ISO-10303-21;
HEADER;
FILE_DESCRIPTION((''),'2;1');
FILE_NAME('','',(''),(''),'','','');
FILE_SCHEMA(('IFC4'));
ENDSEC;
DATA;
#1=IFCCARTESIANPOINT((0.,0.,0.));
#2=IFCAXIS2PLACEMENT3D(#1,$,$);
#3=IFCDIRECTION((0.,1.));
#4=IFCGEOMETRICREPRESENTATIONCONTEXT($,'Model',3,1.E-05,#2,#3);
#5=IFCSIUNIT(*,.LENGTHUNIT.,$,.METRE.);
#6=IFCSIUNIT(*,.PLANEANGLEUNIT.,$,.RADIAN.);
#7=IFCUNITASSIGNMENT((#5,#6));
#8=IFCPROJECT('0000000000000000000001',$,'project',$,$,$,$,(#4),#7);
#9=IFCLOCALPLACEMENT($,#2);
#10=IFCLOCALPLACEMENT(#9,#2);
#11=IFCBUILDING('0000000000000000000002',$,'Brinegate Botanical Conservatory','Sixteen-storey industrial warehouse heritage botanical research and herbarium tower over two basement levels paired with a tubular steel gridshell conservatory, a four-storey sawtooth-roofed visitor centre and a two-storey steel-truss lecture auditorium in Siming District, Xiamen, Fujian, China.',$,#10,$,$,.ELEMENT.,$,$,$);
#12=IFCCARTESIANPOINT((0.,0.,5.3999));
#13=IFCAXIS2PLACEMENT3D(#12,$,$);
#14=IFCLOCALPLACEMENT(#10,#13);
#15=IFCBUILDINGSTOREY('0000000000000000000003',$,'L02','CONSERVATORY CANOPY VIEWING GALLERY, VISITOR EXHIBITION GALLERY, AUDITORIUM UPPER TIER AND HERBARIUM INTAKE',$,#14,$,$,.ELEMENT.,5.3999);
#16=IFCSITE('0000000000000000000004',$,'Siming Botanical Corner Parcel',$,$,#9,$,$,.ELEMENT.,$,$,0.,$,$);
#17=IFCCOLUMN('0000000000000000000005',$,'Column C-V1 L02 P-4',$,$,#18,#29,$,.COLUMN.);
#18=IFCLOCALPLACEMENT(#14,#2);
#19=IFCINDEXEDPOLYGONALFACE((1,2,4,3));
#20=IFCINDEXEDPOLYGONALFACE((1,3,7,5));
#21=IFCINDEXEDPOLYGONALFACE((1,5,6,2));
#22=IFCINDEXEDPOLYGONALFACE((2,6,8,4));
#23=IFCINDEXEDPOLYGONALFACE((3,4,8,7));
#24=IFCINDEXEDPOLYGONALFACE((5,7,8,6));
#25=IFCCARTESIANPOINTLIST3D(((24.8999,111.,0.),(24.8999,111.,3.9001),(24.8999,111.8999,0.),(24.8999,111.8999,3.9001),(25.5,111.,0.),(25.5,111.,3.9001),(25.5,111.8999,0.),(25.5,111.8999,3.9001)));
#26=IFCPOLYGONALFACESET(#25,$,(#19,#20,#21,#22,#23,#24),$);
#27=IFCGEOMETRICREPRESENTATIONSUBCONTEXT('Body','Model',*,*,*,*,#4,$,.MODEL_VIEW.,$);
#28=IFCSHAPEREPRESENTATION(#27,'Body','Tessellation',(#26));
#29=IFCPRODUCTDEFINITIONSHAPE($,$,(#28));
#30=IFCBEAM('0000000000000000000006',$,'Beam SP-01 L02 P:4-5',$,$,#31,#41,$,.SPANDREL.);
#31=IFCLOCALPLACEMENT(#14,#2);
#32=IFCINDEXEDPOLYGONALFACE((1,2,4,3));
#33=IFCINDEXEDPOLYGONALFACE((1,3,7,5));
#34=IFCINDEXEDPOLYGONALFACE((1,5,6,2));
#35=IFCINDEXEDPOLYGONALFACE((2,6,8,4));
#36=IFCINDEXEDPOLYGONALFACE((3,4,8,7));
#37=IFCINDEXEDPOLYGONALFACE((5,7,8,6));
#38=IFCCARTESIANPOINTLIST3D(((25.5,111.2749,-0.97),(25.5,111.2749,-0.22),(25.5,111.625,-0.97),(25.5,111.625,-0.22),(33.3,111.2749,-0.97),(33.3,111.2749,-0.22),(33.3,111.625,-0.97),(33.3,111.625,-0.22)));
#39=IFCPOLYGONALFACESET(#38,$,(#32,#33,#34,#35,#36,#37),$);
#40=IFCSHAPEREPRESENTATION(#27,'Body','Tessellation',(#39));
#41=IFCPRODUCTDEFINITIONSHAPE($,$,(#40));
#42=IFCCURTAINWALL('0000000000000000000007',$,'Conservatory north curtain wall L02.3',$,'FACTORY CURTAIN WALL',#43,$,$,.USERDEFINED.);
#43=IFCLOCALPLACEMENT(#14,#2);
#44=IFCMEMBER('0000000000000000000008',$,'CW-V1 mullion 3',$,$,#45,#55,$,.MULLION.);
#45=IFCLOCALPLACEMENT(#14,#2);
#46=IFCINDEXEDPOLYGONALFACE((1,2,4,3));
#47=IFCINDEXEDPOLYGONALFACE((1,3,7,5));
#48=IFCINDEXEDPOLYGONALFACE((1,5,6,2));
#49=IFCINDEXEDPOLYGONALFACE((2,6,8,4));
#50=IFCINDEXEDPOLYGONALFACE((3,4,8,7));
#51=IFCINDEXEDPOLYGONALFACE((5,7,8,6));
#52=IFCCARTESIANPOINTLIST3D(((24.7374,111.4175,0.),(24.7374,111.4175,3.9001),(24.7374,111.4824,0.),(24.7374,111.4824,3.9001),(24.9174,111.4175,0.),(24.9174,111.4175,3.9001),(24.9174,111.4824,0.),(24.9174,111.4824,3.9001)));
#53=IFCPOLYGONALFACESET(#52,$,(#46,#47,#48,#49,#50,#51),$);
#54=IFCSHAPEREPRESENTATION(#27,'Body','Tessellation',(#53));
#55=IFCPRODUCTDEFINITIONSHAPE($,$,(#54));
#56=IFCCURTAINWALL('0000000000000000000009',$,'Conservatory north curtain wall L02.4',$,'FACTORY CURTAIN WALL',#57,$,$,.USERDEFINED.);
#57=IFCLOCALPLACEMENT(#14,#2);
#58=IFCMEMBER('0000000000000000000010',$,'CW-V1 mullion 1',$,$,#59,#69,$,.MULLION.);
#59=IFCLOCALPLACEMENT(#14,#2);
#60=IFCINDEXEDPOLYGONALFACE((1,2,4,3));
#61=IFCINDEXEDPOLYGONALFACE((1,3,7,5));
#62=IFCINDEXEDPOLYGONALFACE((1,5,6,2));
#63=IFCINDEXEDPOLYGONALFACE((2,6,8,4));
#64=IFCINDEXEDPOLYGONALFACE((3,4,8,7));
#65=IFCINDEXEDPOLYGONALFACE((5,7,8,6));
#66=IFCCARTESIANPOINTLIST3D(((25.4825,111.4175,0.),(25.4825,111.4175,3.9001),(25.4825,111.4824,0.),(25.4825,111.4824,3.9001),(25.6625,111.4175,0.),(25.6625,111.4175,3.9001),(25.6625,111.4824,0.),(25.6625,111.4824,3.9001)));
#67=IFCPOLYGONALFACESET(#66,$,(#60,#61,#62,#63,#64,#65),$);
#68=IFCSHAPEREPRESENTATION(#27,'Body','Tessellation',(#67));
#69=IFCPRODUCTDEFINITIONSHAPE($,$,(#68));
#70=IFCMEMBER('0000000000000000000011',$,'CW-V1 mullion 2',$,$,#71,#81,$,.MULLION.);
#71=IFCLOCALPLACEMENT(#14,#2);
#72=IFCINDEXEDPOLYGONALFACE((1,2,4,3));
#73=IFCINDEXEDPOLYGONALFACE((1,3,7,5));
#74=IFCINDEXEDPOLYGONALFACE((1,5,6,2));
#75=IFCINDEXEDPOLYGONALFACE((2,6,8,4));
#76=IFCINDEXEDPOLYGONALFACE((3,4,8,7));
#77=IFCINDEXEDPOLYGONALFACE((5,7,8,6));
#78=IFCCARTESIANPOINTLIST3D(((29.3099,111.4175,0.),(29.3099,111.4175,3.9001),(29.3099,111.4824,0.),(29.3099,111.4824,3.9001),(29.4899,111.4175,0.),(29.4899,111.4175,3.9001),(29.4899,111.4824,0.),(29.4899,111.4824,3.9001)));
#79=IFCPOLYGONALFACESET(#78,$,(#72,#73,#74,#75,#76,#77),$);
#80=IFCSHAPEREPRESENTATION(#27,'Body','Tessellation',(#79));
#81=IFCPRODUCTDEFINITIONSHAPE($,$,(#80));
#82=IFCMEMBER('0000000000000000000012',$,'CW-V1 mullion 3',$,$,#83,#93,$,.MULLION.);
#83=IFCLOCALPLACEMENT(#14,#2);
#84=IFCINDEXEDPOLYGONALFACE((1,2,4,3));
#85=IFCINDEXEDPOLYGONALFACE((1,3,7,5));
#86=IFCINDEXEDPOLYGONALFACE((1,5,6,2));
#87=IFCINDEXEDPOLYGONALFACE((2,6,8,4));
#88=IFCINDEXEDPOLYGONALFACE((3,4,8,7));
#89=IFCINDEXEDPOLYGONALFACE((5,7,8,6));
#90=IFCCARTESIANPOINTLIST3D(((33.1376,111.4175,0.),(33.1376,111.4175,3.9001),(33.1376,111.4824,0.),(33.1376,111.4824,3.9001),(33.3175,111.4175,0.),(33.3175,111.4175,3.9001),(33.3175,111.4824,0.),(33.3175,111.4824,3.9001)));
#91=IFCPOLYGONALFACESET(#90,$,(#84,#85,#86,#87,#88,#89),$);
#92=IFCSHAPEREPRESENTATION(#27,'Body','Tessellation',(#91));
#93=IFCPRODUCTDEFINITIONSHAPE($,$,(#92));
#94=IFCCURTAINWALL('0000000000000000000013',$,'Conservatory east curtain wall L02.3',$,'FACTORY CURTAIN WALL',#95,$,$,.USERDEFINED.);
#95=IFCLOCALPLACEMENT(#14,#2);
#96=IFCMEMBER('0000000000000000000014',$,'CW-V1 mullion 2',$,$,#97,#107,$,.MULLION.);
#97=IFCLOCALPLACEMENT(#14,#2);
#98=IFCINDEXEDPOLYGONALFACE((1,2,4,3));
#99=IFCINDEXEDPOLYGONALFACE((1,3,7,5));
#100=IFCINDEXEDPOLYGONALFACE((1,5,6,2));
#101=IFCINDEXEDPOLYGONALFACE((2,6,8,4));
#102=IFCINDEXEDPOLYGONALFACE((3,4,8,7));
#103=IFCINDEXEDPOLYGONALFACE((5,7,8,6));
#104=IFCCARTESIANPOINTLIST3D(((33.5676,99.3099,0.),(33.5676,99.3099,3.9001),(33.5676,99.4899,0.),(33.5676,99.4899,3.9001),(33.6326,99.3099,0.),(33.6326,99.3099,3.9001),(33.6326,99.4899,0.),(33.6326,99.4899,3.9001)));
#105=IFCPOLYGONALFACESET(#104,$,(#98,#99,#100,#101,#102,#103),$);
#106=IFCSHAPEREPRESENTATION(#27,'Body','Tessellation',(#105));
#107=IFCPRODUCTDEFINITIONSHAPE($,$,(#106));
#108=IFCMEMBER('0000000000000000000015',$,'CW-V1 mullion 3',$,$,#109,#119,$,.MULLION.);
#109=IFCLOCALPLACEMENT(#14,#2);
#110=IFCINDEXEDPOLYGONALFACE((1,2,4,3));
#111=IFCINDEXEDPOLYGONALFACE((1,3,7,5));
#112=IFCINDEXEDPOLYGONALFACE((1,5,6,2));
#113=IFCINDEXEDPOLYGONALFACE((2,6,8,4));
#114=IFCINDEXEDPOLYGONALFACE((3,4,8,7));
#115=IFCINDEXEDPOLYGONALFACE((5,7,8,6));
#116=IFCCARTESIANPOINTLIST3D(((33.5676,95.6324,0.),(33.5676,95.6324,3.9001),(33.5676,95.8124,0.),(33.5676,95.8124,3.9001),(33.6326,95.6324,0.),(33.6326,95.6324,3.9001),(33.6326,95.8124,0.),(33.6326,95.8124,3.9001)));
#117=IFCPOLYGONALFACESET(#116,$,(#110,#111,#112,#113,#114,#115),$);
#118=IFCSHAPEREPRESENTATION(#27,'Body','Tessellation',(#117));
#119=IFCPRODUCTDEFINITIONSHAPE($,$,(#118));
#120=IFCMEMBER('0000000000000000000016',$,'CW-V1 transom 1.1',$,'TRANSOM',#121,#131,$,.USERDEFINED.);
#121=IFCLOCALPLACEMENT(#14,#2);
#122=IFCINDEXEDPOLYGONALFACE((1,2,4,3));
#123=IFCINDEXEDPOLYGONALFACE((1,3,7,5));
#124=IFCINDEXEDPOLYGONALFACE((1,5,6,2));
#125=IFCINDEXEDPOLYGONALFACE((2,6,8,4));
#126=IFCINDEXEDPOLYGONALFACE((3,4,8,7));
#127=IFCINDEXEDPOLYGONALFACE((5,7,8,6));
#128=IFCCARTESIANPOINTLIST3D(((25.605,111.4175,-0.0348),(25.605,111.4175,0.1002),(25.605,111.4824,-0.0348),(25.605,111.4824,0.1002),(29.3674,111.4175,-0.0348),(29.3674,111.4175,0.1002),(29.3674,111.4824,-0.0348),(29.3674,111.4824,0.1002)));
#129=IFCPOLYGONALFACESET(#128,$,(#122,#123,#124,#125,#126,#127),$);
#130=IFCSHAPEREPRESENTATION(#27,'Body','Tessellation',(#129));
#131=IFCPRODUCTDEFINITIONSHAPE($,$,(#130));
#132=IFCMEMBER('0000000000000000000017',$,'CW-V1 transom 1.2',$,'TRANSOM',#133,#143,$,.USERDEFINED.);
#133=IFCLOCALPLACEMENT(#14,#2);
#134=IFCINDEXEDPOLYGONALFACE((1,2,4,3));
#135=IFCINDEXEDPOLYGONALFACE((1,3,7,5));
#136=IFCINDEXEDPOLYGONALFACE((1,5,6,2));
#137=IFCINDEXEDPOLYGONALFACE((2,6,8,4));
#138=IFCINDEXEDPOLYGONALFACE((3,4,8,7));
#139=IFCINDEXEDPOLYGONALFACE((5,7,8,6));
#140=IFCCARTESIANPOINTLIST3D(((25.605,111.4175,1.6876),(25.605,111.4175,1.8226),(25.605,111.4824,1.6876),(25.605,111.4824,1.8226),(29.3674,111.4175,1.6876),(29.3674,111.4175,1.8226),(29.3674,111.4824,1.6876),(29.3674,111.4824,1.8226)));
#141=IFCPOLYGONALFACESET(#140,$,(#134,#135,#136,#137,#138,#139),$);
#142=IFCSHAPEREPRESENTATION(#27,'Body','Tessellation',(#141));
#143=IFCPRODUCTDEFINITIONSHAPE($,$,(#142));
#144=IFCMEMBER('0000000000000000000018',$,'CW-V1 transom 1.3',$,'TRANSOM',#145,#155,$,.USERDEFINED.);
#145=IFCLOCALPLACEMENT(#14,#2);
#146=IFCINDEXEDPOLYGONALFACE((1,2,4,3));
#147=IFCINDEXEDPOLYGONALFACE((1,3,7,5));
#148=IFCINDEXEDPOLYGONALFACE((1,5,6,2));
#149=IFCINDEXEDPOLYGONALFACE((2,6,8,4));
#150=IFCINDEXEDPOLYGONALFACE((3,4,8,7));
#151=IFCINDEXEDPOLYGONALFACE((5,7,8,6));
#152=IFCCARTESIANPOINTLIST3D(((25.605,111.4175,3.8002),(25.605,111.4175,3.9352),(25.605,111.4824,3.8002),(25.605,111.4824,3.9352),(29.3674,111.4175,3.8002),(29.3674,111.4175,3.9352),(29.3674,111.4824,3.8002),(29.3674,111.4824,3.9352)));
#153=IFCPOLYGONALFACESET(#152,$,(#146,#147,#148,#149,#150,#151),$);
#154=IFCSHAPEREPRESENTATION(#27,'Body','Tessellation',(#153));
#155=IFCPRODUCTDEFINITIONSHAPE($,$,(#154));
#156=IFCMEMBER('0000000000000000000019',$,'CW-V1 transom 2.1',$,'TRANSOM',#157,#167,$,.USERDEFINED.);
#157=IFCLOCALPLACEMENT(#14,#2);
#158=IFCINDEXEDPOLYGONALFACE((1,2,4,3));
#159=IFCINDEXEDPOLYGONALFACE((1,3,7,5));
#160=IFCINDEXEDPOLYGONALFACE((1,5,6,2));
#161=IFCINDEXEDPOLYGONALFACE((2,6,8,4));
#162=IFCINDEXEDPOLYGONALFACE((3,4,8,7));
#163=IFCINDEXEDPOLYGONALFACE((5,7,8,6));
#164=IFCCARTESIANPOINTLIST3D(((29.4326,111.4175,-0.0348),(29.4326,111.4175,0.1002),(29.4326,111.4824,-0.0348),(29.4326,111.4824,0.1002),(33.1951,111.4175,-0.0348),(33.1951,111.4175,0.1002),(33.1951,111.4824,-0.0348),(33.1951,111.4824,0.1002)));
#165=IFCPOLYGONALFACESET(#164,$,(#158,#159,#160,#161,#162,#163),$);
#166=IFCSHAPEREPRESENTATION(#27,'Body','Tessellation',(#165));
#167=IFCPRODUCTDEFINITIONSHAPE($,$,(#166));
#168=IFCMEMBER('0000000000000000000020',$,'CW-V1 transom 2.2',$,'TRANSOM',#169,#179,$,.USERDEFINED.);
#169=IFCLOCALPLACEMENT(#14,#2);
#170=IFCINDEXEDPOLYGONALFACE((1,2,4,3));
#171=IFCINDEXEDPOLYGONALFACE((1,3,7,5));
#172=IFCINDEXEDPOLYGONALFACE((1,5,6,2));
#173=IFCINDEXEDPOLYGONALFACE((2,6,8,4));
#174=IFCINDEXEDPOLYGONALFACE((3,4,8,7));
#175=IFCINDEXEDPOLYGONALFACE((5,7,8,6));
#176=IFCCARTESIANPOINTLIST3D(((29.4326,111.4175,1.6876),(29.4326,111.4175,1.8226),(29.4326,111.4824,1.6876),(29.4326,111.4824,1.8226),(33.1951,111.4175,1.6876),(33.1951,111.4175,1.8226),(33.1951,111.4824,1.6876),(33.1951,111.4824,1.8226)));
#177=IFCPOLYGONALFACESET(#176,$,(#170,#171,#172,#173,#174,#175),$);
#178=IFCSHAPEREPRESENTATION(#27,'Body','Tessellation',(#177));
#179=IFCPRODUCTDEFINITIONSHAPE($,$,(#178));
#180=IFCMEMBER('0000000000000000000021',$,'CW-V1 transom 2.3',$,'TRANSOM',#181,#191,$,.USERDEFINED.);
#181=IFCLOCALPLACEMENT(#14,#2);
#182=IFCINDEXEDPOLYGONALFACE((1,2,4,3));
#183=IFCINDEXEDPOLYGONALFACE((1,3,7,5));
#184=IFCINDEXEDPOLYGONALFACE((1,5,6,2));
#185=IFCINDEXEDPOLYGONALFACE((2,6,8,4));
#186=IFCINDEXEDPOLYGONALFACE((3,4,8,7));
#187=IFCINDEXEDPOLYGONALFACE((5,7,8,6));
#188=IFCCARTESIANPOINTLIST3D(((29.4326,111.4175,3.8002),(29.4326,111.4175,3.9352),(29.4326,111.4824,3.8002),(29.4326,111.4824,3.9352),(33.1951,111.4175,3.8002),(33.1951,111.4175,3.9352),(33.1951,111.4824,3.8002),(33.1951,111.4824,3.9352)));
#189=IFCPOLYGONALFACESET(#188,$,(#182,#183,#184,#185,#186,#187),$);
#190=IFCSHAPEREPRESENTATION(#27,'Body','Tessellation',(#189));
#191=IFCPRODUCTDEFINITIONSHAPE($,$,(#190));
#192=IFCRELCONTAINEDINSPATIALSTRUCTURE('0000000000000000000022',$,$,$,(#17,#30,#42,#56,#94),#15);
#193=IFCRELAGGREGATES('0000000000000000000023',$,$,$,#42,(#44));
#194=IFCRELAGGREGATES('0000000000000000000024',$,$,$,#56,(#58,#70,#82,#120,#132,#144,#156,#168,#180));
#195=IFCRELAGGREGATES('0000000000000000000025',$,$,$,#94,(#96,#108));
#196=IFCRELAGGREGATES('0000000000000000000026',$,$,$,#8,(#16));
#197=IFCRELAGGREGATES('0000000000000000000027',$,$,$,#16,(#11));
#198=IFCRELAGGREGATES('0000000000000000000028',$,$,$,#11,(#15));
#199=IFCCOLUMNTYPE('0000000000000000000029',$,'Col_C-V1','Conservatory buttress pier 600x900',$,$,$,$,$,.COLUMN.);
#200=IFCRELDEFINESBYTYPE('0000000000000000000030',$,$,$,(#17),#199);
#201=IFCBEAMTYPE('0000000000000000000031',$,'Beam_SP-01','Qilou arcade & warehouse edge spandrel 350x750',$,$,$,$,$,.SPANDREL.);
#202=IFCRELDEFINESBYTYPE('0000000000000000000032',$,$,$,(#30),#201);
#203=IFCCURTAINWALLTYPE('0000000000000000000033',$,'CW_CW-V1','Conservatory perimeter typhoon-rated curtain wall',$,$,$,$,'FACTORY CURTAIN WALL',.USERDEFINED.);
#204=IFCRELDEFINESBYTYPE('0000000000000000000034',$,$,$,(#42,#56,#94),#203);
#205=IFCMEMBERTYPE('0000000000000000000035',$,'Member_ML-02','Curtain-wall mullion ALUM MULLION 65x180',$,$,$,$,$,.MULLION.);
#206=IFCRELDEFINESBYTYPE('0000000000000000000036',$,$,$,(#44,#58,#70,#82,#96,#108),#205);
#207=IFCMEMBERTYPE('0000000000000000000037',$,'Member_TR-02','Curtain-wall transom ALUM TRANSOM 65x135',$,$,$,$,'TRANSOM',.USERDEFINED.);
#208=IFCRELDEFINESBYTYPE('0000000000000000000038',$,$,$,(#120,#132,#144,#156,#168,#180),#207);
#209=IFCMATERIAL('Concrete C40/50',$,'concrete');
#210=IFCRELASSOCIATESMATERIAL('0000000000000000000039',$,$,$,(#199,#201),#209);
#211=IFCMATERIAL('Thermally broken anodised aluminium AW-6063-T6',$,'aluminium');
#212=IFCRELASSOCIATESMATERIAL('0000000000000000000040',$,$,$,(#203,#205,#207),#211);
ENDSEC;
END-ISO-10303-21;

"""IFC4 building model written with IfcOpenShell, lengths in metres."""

from ifc_helpers import new_model, si_unit, direction, frame, origin, origin_2d, place, context, subcontext, project, spatial, rectangle, extrude, material, material_profile, profile_set, type_object, element, aggregate, save


model = new_model("IFC4")

# Units and contexts
model_context = context("Model", 3, precision=1e-05, world=origin(), true_north=direction((0.0, 1.0)))
body_context = subcontext(model_context, "Body", "Model", "MODEL_VIEW")
ifc_project = project(units=[si_unit("LENGTHUNIT", "METRE"), si_unit("PLANEANGLEUNIT", "RADIAN")], contexts=[model_context])

# Site, building, storey
site_placement = place(None, origin())
site = spatial("IfcSite", under=ifc_project, at=site_placement, Name="Siming Botanical Corner Parcel", CompositionType="ELEMENT", RefElevation=0.0)
building_placement = place(site_placement, origin())
building = spatial("IfcBuilding", under=site, at=building_placement, Name="Brinegate Botanical Conservatory", Description="Sixteen-storey industrial warehouse heritage botanical research and herbarium tower over two basement levels paired with a tubular steel gridshell conservatory, a four-storey sawtooth-roofed visitor centre and a two-storey steel-truss lecture auditorium in Siming District, Xiamen, Fujian, China.", CompositionType="ELEMENT")
storey_placement = place(building_placement, frame((0.0, 0.0, 5.3999)))
storey = spatial("IfcBuildingStorey", under=building, at=storey_placement, Name="L02", Description="CONSERVATORY CANOPY VIEWING GALLERY, VISITOR EXHIBITION GALLERY, AUDITORIUM UPPER TIER AND HERBARIUM INTAKE", CompositionType="ELEMENT", Elevation=5.3999)

# Column
ifc_material_1 = material(Name="Concrete C40/50", Category="concrete")
ifc_material_profile_1 = material_profile(ifc_material_1, rectangle(XDim=0.6001, YDim=0.8999, at=origin_2d()), Name="RC PIER 600x900")
ifc_profile_set_1 = profile_set([ifc_material_profile_1], Name="Concrete C40/50")
column_type = type_object("IfcColumnType", Name="Col_C-V1", Description="Conservatory buttress pier 600x900", PredefinedType="COLUMN", material=ifc_profile_set_1)
column_placement = place(storey_placement, frame((25.2, 111.45, 0.0), z_axis=(0.0, 0.0, 1.0), x_axis=(1.0, 0.0, 0.0)))
element("IfcColumn", 1, at=column_placement, inside=storey, type_object=column_type, Name="Column C-V1 L02 P-4", PredefinedType="COLUMN", context=body_context, shape_type="SweptSolid", body=[
    extrude(rectangle(XDim=0.6001, YDim=0.8999, at=origin_2d()), origin(), (0.0, 0.0, 1.0), 3.9001),
])

# Beam
ifc_material_profile_2 = material_profile(ifc_material_1, rectangle(XDim=0.3501, YDim=0.75, at=origin_2d()), Name="RC SPN 350x750")
ifc_profile_set_2 = profile_set([ifc_material_profile_2], Name="Concrete C40/50")
beam_type = type_object("IfcBeamType", Name="Beam_SP-01", Description="Qilou arcade & warehouse edge spandrel 350x750", PredefinedType="SPANDREL", material=ifc_profile_set_2)
beam_placement = place(storey_placement, frame((25.5, 111.45, -0.595), z_axis=(1.0, 0.0, 0.0), x_axis=(0.0, 1.0, 0.0)))
element("IfcBeam", 2, at=beam_placement, inside=storey, type_object=beam_type, Name="Beam SP-01 L02 P:4-5", PredefinedType="SPANDREL", context=body_context, shape_type="SweptSolid", body=[
    extrude(rectangle(XDim=0.3501, YDim=0.75, at=origin_2d()), origin(), (0.0, 0.0, 1.0), 7.8),
])

# Curtain wall, member
ifc_material_2 = material(Name="Thermally broken anodised aluminium AW-6063-T6", Category="aluminium")
curtain_wall_type = type_object("IfcCurtainWallType", Name="CW_CW-V1", Description="Conservatory perimeter typhoon-rated curtain wall", ElementType="FACTORY CURTAIN WALL", PredefinedType="USERDEFINED", material=ifc_material_2)
curtain_wall_1_placement = place(storey_placement, origin())
curtain_wall_1 = element("IfcCurtainWall", 3, at=curtain_wall_1_placement, inside=storey, type_object=curtain_wall_type, Name="Conservatory north curtain wall L02.3", ObjectType="FACTORY CURTAIN WALL", PredefinedType="USERDEFINED")
ifc_material_profile_3 = material_profile(ifc_material_2, rectangle(XDim=0.0649, YDim=0.1799, at=origin_2d()), Name="ALUM MULLION 65x180")
ifc_profile_set_3 = profile_set([ifc_material_profile_3], Name="Thermally broken anodised aluminium AW-6063-T6")
member_type_1 = type_object("IfcMemberType", Name="Member_ML-02", Description="Curtain-wall mullion ALUM MULLION 65x180", PredefinedType="MULLION", material=ifc_profile_set_3)
member_1_placement = place(storey_placement, frame((24.8274, 111.45, 0.0), z_axis=(0.0, 0.0, 1.0), x_axis=(0.0, 1.0, 0.0)))
member_1 = element("IfcMember", 4, at=member_1_placement, type_object=member_type_1, Name="CW-V1 mullion 3", PredefinedType="MULLION", context=body_context, shape_type="SweptSolid", body=[
    extrude(rectangle(XDim=0.0649, YDim=0.1799, at=origin_2d()), origin(), (0.0, 0.0, 1.0), 3.9001),
])

# Curtain walls, members
curtain_wall_2_placement = place(storey_placement, origin())
curtain_wall_2 = element("IfcCurtainWall", 5, at=curtain_wall_2_placement, inside=storey, type_object=curtain_wall_type, Name="Conservatory north curtain wall L02.4", ObjectType="FACTORY CURTAIN WALL", PredefinedType="USERDEFINED")
member_2_placement = place(storey_placement, frame((25.5725, 111.45, 0.0), z_axis=(0.0, 0.0, 1.0), x_axis=(0.0, 1.0, 0.0)))
member_2 = element("IfcMember", 6, at=member_2_placement, type_object=member_type_1, Name="CW-V1 mullion 1", PredefinedType="MULLION", context=body_context, shape_type="SweptSolid", body=[
    extrude(rectangle(XDim=0.0649, YDim=0.1799, at=origin_2d()), origin(), (0.0, 0.0, 1.0), 3.9001),
])
member_3_placement = place(storey_placement, frame((29.3999, 111.45, 0.0), z_axis=(0.0, 0.0, 1.0), x_axis=(0.0, 1.0, 0.0)))
member_3 = element("IfcMember", 7, at=member_3_placement, type_object=member_type_1, Name="CW-V1 mullion 2", PredefinedType="MULLION", context=body_context, shape_type="SweptSolid", body=[
    extrude(rectangle(XDim=0.0649, YDim=0.1799, at=origin_2d()), origin(), (0.0, 0.0, 1.0), 3.9001),
])
member_4_placement = place(storey_placement, frame((33.2275, 111.45, 0.0), z_axis=(0.0, 0.0, 1.0), x_axis=(0.0, 1.0, 0.0)))
member_4 = element("IfcMember", 8, at=member_4_placement, type_object=member_type_1, Name="CW-V1 mullion 3", PredefinedType="MULLION", context=body_context, shape_type="SweptSolid", body=[
    extrude(rectangle(XDim=0.0649, YDim=0.1799, at=origin_2d()), origin(), (0.0, 0.0, 1.0), 3.9001),
])
curtain_wall_3_placement = place(storey_placement, origin())
curtain_wall_3 = element("IfcCurtainWall", 9, at=curtain_wall_3_placement, inside=storey, type_object=curtain_wall_type, Name="Conservatory east curtain wall L02.3", ObjectType="FACTORY CURTAIN WALL", PredefinedType="USERDEFINED")
member_5_placement = place(storey_placement, frame((33.6001, 99.3999, 0.0), z_axis=(0.0, 0.0, 1.0), x_axis=(1.0, 0.0, 0.0)))
member_5 = element("IfcMember", 10, at=member_5_placement, type_object=member_type_1, Name="CW-V1 mullion 2", PredefinedType="MULLION", context=body_context, shape_type="SweptSolid", body=[
    extrude(rectangle(XDim=0.0649, YDim=0.1799, at=origin_2d()), origin(), (0.0, 0.0, 1.0), 3.9001),
])
member_6_placement = place(storey_placement, frame((33.6001, 95.7224, 0.0), z_axis=(0.0, 0.0, 1.0), x_axis=(1.0, 0.0, 0.0)))
member_6 = element("IfcMember", 11, at=member_6_placement, type_object=member_type_1, Name="CW-V1 mullion 3", PredefinedType="MULLION", context=body_context, shape_type="SweptSolid", body=[
    extrude(rectangle(XDim=0.0649, YDim=0.1799, at=origin_2d()), origin(), (0.0, 0.0, 1.0), 3.9001),
])

# Members
ifc_material_profile_4 = material_profile(ifc_material_2, rectangle(XDim=0.0649, YDim=0.135, at=origin_2d()), Name="ALUM TRANSOM 65x135")
ifc_profile_set_4 = profile_set([ifc_material_profile_4], Name="Thermally broken anodised aluminium AW-6063-T6")
member_type_2 = type_object("IfcMemberType", Name="Member_TR-02", Description="Curtain-wall transom ALUM TRANSOM 65x135", ElementType="TRANSOM", PredefinedType="USERDEFINED", material=ifc_profile_set_4)
member_7_placement = place(storey_placement, frame((25.605, 111.45, 0.0327), z_axis=(1.0, 0.0, 0.0), x_axis=(0.0, 1.0, 0.0)))
member_7 = element("IfcMember", 12, at=member_7_placement, type_object=member_type_2, Name="CW-V1 transom 1.1", ObjectType="TRANSOM", PredefinedType="USERDEFINED", context=body_context, shape_type="SweptSolid", body=[
    extrude(rectangle(XDim=0.0649, YDim=0.135, at=origin_2d()), origin(), (0.0, 0.0, 1.0), 3.7625),
])
member_8_placement = place(storey_placement, frame((25.605, 111.45, 1.7551), z_axis=(1.0, 0.0, 0.0), x_axis=(0.0, 1.0, 0.0)))
member_8 = element("IfcMember", 13, at=member_8_placement, type_object=member_type_2, Name="CW-V1 transom 1.2", ObjectType="TRANSOM", PredefinedType="USERDEFINED", context=body_context, shape_type="SweptSolid", body=[
    extrude(rectangle(XDim=0.0649, YDim=0.135, at=origin_2d()), origin(), (0.0, 0.0, 1.0), 3.7625),
])
member_9_placement = place(storey_placement, frame((25.605, 111.45, 3.8677), z_axis=(1.0, 0.0, 0.0), x_axis=(0.0, 1.0, 0.0)))
member_9 = element("IfcMember", 14, at=member_9_placement, type_object=member_type_2, Name="CW-V1 transom 1.3", ObjectType="TRANSOM", PredefinedType="USERDEFINED", context=body_context, shape_type="SweptSolid", body=[
    extrude(rectangle(XDim=0.0649, YDim=0.135, at=origin_2d()), origin(), (0.0, 0.0, 1.0), 3.7625),
])
member_10_placement = place(storey_placement, frame((29.4326, 111.45, 0.0327), z_axis=(1.0, 0.0, 0.0), x_axis=(0.0, 1.0, 0.0)))
member_10 = element("IfcMember", 15, at=member_10_placement, type_object=member_type_2, Name="CW-V1 transom 2.1", ObjectType="TRANSOM", PredefinedType="USERDEFINED", context=body_context, shape_type="SweptSolid", body=[
    extrude(rectangle(XDim=0.0649, YDim=0.135, at=origin_2d()), origin(), (0.0, 0.0, 1.0), 3.7625),
])
member_11_placement = place(storey_placement, frame((29.4326, 111.45, 1.7551), z_axis=(1.0, 0.0, 0.0), x_axis=(0.0, 1.0, 0.0)))
member_11 = element("IfcMember", 16, at=member_11_placement, type_object=member_type_2, Name="CW-V1 transom 2.2", ObjectType="TRANSOM", PredefinedType="USERDEFINED", context=body_context, shape_type="SweptSolid", body=[
    extrude(rectangle(XDim=0.0649, YDim=0.135, at=origin_2d()), origin(), (0.0, 0.0, 1.0), 3.7625),
])
member_12_placement = place(storey_placement, frame((29.4326, 111.45, 3.8677), z_axis=(1.0, 0.0, 0.0), x_axis=(0.0, 1.0, 0.0)))
member_12 = element("IfcMember", 17, at=member_12_placement, type_object=member_type_2, Name="CW-V1 transom 2.3", ObjectType="TRANSOM", PredefinedType="USERDEFINED", context=body_context, shape_type="SweptSolid", body=[
    extrude(rectangle(XDim=0.0649, YDim=0.135, at=origin_2d()), origin(), (0.0, 0.0, 1.0), 3.7625),
])

aggregate(curtain_wall_1, [member_1])
aggregate(curtain_wall_2, [member_2, member_3, member_4, member_7, member_8, member_9, member_10, member_11, member_12])
aggregate(curtain_wall_3, [member_5, member_6])

save(model, "model.ifc")
